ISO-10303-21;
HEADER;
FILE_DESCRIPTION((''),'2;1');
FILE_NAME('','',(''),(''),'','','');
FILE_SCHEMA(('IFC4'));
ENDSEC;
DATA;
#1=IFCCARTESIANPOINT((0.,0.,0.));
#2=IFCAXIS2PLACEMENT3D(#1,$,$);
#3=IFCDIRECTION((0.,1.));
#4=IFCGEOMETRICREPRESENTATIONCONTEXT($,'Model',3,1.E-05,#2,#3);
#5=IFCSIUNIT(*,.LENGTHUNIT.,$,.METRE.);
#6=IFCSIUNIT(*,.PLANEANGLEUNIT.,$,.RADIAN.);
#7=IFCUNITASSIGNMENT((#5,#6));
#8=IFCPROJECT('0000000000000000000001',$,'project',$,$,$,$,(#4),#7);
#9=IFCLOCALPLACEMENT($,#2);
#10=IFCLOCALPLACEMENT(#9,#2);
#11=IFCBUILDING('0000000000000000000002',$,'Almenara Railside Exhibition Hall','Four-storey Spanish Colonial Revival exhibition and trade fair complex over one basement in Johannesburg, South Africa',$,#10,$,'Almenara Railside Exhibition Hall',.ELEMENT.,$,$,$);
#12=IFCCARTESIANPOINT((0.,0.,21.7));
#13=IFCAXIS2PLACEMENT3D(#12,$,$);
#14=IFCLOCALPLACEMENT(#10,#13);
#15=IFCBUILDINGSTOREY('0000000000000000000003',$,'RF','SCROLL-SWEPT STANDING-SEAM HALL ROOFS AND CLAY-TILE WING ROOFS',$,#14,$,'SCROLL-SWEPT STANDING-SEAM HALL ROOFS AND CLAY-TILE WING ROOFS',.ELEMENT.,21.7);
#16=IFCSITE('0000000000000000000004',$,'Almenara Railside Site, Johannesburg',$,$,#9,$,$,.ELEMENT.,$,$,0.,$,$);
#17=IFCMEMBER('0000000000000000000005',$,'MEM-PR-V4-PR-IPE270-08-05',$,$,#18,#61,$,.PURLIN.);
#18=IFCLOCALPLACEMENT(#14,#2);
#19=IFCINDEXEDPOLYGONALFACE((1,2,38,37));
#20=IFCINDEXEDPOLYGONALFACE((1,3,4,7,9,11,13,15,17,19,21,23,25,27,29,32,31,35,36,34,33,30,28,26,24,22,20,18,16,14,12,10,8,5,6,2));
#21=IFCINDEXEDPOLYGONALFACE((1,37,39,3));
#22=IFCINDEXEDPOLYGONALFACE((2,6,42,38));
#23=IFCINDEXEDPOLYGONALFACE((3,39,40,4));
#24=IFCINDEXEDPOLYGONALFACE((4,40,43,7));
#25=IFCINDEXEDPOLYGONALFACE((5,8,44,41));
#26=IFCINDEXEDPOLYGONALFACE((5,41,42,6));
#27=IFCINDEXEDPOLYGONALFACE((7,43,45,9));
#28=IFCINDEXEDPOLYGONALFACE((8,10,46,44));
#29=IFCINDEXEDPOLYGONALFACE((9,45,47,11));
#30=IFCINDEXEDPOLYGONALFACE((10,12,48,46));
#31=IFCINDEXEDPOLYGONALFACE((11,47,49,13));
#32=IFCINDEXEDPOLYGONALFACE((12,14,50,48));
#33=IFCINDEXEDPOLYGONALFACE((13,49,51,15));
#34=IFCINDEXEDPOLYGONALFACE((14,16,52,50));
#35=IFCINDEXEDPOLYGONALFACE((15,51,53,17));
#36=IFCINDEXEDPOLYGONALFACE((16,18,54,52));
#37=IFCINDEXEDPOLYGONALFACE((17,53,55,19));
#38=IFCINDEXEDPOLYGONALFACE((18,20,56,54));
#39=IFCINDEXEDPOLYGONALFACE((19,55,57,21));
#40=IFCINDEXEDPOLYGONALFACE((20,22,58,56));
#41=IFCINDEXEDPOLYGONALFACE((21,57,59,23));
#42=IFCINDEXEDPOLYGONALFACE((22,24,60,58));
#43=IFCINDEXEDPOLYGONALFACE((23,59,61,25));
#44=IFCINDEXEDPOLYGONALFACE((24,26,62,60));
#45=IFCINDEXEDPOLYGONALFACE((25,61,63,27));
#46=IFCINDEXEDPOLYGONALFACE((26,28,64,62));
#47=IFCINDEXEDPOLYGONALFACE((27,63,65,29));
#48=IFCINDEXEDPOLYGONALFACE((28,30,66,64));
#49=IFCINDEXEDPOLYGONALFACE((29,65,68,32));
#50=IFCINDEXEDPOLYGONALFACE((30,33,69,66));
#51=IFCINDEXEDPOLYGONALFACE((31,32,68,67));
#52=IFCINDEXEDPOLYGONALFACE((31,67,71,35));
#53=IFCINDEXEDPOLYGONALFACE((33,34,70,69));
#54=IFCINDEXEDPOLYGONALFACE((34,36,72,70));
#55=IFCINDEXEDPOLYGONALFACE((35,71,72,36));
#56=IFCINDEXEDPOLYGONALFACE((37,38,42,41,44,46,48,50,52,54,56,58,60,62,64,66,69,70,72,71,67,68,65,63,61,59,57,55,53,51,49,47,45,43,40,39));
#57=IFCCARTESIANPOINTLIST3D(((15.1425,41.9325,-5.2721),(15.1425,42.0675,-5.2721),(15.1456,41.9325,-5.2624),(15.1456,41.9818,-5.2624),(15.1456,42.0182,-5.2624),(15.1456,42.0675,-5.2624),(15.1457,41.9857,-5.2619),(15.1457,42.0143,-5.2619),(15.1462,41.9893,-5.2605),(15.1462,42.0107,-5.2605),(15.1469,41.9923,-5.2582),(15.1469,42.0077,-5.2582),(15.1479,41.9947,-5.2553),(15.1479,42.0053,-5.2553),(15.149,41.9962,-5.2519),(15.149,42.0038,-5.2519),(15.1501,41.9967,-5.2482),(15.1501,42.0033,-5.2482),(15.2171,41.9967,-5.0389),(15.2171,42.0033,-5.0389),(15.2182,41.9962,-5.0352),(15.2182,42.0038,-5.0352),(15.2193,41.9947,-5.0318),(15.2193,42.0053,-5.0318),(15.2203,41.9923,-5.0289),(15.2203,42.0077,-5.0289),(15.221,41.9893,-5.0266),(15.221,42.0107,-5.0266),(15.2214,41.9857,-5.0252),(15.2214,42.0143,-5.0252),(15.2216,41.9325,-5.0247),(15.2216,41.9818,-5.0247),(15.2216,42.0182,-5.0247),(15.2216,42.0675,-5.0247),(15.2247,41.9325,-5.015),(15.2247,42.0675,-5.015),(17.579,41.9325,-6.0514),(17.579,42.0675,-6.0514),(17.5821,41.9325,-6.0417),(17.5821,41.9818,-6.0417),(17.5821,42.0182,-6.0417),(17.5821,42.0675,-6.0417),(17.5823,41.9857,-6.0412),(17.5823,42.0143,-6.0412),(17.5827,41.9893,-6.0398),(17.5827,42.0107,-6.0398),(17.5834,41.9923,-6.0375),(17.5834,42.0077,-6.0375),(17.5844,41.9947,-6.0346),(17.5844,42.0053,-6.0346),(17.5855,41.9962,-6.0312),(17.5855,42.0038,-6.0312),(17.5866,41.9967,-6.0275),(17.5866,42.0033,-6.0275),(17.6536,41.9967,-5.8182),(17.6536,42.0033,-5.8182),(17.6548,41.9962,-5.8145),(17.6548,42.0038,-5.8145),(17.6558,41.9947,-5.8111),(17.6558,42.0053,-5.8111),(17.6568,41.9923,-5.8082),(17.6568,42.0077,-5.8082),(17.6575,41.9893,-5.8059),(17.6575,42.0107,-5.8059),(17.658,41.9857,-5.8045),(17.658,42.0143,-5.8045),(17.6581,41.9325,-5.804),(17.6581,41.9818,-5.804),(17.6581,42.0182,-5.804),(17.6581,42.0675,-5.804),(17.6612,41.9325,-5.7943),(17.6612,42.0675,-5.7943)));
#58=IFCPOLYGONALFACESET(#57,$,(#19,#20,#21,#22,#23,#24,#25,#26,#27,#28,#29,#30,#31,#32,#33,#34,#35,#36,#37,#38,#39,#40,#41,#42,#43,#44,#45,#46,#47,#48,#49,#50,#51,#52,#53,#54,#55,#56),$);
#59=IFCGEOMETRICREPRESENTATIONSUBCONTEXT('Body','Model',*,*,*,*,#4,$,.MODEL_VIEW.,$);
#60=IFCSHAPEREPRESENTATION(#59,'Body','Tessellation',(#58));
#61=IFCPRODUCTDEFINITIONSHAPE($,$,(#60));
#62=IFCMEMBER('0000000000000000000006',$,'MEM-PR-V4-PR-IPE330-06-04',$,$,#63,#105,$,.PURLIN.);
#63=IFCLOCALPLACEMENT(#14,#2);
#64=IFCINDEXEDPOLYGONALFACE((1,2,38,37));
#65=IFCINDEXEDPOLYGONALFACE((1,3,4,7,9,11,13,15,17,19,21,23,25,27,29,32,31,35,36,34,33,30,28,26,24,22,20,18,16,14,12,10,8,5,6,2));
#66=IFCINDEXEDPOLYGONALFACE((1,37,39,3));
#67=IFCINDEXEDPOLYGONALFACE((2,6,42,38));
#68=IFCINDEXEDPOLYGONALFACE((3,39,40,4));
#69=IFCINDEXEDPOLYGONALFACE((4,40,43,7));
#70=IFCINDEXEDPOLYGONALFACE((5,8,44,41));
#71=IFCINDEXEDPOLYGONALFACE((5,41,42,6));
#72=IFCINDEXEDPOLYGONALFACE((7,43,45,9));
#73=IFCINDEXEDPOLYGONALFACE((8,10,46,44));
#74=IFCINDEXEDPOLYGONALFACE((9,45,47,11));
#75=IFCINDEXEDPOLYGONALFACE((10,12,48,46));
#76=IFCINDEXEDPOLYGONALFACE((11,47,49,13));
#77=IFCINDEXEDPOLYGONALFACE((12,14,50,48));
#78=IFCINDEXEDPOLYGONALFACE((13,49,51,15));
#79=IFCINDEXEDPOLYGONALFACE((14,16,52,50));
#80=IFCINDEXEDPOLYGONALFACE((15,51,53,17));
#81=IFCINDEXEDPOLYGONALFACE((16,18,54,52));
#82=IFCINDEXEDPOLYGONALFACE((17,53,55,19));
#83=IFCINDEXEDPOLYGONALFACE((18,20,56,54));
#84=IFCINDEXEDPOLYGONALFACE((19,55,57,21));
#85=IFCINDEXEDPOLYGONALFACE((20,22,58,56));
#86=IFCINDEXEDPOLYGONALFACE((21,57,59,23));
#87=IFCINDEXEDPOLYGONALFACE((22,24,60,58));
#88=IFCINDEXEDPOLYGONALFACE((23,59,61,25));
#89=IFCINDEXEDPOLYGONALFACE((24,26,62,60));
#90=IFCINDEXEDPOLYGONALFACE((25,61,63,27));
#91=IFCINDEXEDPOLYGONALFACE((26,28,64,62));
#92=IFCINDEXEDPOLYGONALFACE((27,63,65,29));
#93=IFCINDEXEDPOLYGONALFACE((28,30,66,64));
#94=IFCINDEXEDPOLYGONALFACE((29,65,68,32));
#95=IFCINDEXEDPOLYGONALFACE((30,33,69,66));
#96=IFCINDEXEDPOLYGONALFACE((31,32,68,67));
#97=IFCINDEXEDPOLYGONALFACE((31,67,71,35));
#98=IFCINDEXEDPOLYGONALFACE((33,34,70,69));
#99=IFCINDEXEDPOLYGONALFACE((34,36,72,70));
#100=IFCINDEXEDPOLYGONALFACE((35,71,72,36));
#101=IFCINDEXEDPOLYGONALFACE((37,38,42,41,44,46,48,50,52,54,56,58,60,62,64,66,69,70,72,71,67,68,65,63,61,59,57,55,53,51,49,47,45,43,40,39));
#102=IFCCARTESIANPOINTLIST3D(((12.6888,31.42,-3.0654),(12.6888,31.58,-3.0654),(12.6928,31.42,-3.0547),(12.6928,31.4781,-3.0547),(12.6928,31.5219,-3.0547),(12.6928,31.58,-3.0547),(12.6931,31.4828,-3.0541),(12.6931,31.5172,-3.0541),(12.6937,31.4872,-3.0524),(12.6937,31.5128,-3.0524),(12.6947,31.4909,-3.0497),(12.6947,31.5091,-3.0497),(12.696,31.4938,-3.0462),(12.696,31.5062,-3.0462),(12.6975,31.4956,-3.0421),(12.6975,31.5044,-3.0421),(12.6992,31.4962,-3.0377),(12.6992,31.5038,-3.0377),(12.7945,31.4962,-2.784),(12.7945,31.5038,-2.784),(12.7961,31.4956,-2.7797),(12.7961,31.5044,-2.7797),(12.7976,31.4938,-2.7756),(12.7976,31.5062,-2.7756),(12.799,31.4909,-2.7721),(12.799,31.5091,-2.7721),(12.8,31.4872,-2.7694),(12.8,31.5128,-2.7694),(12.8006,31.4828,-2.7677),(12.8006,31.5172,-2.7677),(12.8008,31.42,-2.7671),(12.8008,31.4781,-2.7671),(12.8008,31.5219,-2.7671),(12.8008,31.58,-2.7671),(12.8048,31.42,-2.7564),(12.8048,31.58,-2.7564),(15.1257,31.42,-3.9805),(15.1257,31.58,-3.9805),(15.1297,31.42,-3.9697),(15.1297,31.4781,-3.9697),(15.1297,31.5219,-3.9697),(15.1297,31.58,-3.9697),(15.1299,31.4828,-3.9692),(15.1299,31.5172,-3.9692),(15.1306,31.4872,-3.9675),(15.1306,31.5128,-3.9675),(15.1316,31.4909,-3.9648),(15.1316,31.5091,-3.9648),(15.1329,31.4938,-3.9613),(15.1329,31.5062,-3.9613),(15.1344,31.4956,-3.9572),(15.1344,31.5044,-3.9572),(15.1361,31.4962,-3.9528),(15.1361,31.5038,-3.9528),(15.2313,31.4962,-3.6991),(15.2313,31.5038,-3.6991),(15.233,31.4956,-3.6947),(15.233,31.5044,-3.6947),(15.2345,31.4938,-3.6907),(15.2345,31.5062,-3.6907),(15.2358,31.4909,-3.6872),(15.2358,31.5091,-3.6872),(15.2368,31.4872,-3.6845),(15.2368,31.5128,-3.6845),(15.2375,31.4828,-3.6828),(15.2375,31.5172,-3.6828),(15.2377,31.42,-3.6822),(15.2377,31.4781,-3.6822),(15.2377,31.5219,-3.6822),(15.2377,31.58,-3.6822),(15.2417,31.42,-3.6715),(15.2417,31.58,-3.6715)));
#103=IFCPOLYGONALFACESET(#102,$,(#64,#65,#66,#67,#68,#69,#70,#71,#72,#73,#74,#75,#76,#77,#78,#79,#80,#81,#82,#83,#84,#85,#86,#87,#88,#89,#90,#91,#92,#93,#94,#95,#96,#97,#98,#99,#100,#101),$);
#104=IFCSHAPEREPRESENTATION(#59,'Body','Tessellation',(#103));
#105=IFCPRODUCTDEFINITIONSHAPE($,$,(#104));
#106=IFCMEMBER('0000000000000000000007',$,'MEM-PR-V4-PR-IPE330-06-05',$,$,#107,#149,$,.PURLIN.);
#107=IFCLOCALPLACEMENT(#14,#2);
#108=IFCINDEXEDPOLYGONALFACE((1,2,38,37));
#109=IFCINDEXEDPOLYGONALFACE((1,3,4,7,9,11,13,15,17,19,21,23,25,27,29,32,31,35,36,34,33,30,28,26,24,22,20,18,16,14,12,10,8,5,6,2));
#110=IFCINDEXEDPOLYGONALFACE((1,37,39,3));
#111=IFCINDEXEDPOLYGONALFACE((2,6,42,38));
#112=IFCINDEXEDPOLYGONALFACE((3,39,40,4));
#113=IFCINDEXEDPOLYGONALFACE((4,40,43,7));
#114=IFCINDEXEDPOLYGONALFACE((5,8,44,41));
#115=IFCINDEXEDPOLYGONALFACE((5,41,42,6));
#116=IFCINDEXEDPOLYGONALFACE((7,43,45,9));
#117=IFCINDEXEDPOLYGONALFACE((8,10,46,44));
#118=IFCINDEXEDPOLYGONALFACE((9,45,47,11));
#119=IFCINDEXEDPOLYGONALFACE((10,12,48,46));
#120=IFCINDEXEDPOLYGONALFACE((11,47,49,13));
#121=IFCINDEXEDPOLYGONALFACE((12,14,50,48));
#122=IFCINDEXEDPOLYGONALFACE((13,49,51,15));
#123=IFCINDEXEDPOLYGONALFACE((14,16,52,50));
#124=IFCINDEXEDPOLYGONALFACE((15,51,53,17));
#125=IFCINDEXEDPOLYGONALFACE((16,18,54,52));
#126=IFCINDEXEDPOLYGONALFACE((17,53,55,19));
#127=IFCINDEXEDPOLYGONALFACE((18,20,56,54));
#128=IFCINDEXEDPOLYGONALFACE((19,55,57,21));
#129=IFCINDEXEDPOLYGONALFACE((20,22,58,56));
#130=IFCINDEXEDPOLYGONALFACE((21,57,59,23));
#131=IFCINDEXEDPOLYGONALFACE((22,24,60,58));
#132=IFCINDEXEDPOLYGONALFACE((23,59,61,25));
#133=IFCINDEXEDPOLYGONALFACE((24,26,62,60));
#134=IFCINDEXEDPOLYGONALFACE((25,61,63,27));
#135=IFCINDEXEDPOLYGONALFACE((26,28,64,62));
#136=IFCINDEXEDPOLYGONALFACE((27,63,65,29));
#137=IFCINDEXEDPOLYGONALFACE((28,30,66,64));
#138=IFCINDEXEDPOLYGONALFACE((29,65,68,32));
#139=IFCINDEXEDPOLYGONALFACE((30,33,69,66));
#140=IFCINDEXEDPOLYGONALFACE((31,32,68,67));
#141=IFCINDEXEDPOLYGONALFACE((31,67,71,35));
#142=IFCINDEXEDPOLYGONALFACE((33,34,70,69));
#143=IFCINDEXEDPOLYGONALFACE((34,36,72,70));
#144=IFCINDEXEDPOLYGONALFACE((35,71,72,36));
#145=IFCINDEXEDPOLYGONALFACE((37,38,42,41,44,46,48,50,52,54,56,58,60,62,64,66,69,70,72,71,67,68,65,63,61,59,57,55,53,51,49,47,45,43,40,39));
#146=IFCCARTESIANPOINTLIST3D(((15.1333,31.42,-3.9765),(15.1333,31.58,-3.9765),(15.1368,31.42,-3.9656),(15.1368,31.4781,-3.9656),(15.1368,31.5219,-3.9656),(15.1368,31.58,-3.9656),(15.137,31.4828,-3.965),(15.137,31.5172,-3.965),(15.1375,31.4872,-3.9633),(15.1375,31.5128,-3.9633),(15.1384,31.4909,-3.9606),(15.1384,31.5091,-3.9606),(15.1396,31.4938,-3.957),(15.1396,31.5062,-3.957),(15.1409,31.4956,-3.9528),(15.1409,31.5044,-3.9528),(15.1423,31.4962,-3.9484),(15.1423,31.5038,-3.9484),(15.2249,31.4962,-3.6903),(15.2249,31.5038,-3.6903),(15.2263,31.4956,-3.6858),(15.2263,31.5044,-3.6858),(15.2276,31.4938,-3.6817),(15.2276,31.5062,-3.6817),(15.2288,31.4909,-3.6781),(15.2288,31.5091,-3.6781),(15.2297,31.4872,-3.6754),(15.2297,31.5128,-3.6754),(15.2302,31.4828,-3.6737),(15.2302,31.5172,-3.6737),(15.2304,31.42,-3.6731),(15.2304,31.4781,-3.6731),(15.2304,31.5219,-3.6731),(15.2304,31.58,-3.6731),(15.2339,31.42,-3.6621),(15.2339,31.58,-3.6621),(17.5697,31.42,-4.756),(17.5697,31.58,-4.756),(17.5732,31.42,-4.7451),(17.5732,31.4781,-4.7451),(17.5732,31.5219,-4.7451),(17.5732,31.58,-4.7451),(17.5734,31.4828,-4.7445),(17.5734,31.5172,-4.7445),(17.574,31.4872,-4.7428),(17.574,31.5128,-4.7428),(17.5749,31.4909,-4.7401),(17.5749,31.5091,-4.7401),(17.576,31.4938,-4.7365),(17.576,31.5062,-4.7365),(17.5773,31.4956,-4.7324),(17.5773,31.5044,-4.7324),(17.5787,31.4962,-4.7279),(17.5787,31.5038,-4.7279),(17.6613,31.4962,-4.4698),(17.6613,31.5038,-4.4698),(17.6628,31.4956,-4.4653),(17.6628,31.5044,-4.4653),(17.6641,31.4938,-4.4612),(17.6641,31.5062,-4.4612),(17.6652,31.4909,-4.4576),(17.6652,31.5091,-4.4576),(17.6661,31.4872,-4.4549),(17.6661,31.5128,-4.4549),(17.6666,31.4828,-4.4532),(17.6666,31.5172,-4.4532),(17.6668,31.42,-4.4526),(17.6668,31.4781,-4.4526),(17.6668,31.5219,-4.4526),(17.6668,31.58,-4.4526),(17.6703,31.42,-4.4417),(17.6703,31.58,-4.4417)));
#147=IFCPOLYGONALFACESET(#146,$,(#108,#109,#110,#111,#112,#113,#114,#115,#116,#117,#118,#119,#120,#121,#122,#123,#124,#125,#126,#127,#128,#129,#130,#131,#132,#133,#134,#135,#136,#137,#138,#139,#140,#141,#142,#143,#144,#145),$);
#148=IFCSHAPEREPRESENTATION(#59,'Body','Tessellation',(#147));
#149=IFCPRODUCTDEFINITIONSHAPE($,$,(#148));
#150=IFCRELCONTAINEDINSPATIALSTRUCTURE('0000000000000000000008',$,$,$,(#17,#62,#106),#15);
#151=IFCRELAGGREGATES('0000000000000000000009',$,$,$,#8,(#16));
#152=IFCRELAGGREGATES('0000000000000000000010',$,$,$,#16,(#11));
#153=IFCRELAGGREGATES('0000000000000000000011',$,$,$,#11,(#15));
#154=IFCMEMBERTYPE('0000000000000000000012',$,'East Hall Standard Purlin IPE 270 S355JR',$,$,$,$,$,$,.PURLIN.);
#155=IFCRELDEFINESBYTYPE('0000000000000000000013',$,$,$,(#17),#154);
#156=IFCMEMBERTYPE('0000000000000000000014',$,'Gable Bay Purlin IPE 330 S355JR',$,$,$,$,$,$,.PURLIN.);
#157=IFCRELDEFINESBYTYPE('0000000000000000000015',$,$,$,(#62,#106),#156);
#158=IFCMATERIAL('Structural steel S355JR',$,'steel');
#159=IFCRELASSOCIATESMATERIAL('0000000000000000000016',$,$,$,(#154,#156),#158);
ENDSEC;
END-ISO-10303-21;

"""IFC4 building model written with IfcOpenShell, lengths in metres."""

from ifc_helpers import new_model, si_unit, direction, frame, origin, origin_2d, place, context, subcontext, project, spatial, i_section, extrude, material, material_profile, profile_set, type_object, element, save


model = new_model("IFC4")

# Units and contexts
model_context = context("Model", 3, precision=1e-05, world=origin(), true_north=direction((0.0, 1.0)))
body_context = subcontext(model_context, "Body", "Model", "MODEL_VIEW")
ifc_project = project(units=[si_unit("LENGTHUNIT", "METRE"), si_unit("PLANEANGLEUNIT", "RADIAN")], contexts=[model_context])

# Site, building, storey
site_placement = place(None, origin())
site = spatial("IfcSite", under=ifc_project, at=site_placement, Name="Almenara Railside Site, Johannesburg", CompositionType="ELEMENT", RefElevation=0.0)
building_placement = place(site_placement, origin())
building = spatial("IfcBuilding", under=site, at=building_placement, Name="Almenara Railside Exhibition Hall", Description="Four-storey Spanish Colonial Revival exhibition and trade fair complex over one basement in Johannesburg, South Africa", LongName="Almenara Railside Exhibition Hall", CompositionType="ELEMENT")
storey_placement = place(building_placement, frame((0.0, 0.0, 21.7)))
storey = spatial("IfcBuildingStorey", under=building, at=storey_placement, Name="RF", Description="SCROLL-SWEPT STANDING-SEAM HALL ROOFS AND CLAY-TILE WING ROOFS", LongName="SCROLL-SWEPT STANDING-SEAM HALL ROOFS AND CLAY-TILE WING ROOFS", CompositionType="ELEMENT", Elevation=21.7)

# Shared definitions
ifc_material_1 = material(Name="Structural steel S355JR", Category="steel")

# Members
ifc_material_profile_1 = material_profile(ifc_material_1, i_section(OverallWidth=0.135, OverallDepth=0.27, WebThickness=0.0066, FlangeThickness=0.0103, FilletRadius=0.0149, at=origin_2d()), Name="IPE 270")
ifc_profile_set_1 = profile_set([ifc_material_profile_1], Name="Structural steel S355JR")
member_type_1 = type_object("IfcMemberType", Name="East Hall Standard Purlin IPE 270 S355JR", PredefinedType="PURLIN", material=ifc_profile_set_1)
member_1_placement = place(storey_placement, frame((15.1836, 42.0, -5.1436), z_axis=(0.952468, 0.0, -0.304637), x_axis=(0.0, 1.0, 0.0)))
element("IfcMember", 1, at=member_1_placement, inside=storey, type_object=member_type_1, Name="MEM-PR-V4-PR-IPE270-08-05", PredefinedType="PURLIN", context=body_context, shape_type="SweptSolid", body=[
    extrude(i_section(OverallWidth=0.135, OverallDepth=0.27, WebThickness=0.0066, FlangeThickness=0.0103, FilletRadius=0.0149, at=origin_2d()), origin(), (0.0, 0.0, 1.0), 2.5581),
])
ifc_material_profile_2 = material_profile(ifc_material_1, i_section(OverallWidth=0.1599, OverallDepth=0.3301, WebThickness=0.0076, FlangeThickness=0.0115, FilletRadius=0.0181, at=origin_2d()), Name="IPE 330")
ifc_profile_set_2 = profile_set([ifc_material_profile_2], Name="Structural steel S355JR")
member_type_2 = type_object("IfcMemberType", Name="Gable Bay Purlin IPE 330 S355JR", PredefinedType="PURLIN", material=ifc_profile_set_2)
member_2_placement = place(storey_placement, frame((12.7468, 31.5, -2.9109), z_axis=(0.936171, 0.0, -0.351545), x_axis=(0.0, 1.0, 0.0)))
element("IfcMember", 2, at=member_2_placement, inside=storey, type_object=member_type_2, Name="MEM-PR-V4-PR-IPE330-06-04", PredefinedType="PURLIN", context=body_context, shape_type="SweptSolid", body=[
    extrude(i_section(OverallWidth=0.1599, OverallDepth=0.3301, WebThickness=0.0076, FlangeThickness=0.0115, FilletRadius=0.0181, at=origin_2d()), origin(), (0.0, 0.0, 1.0), 2.603),
])
member_3_placement = place(storey_placement, frame((15.1836, 31.5, -3.8193), z_axis=(0.952441, 0.0, -0.304724), x_axis=(0.0, 1.0, 0.0)))
element("IfcMember", 3, at=member_3_placement, inside=storey, type_object=member_type_2, Name="MEM-PR-V4-PR-IPE330-06-05", PredefinedType="PURLIN", context=body_context, shape_type="SweptSolid", body=[
    extrude(i_section(OverallWidth=0.1599, OverallDepth=0.3301, WebThickness=0.0076, FlangeThickness=0.0115, FilletRadius=0.0181, at=origin_2d()), origin(), (0.0, 0.0, 1.0), 2.5581),
])

save(model, "model.ifc")
